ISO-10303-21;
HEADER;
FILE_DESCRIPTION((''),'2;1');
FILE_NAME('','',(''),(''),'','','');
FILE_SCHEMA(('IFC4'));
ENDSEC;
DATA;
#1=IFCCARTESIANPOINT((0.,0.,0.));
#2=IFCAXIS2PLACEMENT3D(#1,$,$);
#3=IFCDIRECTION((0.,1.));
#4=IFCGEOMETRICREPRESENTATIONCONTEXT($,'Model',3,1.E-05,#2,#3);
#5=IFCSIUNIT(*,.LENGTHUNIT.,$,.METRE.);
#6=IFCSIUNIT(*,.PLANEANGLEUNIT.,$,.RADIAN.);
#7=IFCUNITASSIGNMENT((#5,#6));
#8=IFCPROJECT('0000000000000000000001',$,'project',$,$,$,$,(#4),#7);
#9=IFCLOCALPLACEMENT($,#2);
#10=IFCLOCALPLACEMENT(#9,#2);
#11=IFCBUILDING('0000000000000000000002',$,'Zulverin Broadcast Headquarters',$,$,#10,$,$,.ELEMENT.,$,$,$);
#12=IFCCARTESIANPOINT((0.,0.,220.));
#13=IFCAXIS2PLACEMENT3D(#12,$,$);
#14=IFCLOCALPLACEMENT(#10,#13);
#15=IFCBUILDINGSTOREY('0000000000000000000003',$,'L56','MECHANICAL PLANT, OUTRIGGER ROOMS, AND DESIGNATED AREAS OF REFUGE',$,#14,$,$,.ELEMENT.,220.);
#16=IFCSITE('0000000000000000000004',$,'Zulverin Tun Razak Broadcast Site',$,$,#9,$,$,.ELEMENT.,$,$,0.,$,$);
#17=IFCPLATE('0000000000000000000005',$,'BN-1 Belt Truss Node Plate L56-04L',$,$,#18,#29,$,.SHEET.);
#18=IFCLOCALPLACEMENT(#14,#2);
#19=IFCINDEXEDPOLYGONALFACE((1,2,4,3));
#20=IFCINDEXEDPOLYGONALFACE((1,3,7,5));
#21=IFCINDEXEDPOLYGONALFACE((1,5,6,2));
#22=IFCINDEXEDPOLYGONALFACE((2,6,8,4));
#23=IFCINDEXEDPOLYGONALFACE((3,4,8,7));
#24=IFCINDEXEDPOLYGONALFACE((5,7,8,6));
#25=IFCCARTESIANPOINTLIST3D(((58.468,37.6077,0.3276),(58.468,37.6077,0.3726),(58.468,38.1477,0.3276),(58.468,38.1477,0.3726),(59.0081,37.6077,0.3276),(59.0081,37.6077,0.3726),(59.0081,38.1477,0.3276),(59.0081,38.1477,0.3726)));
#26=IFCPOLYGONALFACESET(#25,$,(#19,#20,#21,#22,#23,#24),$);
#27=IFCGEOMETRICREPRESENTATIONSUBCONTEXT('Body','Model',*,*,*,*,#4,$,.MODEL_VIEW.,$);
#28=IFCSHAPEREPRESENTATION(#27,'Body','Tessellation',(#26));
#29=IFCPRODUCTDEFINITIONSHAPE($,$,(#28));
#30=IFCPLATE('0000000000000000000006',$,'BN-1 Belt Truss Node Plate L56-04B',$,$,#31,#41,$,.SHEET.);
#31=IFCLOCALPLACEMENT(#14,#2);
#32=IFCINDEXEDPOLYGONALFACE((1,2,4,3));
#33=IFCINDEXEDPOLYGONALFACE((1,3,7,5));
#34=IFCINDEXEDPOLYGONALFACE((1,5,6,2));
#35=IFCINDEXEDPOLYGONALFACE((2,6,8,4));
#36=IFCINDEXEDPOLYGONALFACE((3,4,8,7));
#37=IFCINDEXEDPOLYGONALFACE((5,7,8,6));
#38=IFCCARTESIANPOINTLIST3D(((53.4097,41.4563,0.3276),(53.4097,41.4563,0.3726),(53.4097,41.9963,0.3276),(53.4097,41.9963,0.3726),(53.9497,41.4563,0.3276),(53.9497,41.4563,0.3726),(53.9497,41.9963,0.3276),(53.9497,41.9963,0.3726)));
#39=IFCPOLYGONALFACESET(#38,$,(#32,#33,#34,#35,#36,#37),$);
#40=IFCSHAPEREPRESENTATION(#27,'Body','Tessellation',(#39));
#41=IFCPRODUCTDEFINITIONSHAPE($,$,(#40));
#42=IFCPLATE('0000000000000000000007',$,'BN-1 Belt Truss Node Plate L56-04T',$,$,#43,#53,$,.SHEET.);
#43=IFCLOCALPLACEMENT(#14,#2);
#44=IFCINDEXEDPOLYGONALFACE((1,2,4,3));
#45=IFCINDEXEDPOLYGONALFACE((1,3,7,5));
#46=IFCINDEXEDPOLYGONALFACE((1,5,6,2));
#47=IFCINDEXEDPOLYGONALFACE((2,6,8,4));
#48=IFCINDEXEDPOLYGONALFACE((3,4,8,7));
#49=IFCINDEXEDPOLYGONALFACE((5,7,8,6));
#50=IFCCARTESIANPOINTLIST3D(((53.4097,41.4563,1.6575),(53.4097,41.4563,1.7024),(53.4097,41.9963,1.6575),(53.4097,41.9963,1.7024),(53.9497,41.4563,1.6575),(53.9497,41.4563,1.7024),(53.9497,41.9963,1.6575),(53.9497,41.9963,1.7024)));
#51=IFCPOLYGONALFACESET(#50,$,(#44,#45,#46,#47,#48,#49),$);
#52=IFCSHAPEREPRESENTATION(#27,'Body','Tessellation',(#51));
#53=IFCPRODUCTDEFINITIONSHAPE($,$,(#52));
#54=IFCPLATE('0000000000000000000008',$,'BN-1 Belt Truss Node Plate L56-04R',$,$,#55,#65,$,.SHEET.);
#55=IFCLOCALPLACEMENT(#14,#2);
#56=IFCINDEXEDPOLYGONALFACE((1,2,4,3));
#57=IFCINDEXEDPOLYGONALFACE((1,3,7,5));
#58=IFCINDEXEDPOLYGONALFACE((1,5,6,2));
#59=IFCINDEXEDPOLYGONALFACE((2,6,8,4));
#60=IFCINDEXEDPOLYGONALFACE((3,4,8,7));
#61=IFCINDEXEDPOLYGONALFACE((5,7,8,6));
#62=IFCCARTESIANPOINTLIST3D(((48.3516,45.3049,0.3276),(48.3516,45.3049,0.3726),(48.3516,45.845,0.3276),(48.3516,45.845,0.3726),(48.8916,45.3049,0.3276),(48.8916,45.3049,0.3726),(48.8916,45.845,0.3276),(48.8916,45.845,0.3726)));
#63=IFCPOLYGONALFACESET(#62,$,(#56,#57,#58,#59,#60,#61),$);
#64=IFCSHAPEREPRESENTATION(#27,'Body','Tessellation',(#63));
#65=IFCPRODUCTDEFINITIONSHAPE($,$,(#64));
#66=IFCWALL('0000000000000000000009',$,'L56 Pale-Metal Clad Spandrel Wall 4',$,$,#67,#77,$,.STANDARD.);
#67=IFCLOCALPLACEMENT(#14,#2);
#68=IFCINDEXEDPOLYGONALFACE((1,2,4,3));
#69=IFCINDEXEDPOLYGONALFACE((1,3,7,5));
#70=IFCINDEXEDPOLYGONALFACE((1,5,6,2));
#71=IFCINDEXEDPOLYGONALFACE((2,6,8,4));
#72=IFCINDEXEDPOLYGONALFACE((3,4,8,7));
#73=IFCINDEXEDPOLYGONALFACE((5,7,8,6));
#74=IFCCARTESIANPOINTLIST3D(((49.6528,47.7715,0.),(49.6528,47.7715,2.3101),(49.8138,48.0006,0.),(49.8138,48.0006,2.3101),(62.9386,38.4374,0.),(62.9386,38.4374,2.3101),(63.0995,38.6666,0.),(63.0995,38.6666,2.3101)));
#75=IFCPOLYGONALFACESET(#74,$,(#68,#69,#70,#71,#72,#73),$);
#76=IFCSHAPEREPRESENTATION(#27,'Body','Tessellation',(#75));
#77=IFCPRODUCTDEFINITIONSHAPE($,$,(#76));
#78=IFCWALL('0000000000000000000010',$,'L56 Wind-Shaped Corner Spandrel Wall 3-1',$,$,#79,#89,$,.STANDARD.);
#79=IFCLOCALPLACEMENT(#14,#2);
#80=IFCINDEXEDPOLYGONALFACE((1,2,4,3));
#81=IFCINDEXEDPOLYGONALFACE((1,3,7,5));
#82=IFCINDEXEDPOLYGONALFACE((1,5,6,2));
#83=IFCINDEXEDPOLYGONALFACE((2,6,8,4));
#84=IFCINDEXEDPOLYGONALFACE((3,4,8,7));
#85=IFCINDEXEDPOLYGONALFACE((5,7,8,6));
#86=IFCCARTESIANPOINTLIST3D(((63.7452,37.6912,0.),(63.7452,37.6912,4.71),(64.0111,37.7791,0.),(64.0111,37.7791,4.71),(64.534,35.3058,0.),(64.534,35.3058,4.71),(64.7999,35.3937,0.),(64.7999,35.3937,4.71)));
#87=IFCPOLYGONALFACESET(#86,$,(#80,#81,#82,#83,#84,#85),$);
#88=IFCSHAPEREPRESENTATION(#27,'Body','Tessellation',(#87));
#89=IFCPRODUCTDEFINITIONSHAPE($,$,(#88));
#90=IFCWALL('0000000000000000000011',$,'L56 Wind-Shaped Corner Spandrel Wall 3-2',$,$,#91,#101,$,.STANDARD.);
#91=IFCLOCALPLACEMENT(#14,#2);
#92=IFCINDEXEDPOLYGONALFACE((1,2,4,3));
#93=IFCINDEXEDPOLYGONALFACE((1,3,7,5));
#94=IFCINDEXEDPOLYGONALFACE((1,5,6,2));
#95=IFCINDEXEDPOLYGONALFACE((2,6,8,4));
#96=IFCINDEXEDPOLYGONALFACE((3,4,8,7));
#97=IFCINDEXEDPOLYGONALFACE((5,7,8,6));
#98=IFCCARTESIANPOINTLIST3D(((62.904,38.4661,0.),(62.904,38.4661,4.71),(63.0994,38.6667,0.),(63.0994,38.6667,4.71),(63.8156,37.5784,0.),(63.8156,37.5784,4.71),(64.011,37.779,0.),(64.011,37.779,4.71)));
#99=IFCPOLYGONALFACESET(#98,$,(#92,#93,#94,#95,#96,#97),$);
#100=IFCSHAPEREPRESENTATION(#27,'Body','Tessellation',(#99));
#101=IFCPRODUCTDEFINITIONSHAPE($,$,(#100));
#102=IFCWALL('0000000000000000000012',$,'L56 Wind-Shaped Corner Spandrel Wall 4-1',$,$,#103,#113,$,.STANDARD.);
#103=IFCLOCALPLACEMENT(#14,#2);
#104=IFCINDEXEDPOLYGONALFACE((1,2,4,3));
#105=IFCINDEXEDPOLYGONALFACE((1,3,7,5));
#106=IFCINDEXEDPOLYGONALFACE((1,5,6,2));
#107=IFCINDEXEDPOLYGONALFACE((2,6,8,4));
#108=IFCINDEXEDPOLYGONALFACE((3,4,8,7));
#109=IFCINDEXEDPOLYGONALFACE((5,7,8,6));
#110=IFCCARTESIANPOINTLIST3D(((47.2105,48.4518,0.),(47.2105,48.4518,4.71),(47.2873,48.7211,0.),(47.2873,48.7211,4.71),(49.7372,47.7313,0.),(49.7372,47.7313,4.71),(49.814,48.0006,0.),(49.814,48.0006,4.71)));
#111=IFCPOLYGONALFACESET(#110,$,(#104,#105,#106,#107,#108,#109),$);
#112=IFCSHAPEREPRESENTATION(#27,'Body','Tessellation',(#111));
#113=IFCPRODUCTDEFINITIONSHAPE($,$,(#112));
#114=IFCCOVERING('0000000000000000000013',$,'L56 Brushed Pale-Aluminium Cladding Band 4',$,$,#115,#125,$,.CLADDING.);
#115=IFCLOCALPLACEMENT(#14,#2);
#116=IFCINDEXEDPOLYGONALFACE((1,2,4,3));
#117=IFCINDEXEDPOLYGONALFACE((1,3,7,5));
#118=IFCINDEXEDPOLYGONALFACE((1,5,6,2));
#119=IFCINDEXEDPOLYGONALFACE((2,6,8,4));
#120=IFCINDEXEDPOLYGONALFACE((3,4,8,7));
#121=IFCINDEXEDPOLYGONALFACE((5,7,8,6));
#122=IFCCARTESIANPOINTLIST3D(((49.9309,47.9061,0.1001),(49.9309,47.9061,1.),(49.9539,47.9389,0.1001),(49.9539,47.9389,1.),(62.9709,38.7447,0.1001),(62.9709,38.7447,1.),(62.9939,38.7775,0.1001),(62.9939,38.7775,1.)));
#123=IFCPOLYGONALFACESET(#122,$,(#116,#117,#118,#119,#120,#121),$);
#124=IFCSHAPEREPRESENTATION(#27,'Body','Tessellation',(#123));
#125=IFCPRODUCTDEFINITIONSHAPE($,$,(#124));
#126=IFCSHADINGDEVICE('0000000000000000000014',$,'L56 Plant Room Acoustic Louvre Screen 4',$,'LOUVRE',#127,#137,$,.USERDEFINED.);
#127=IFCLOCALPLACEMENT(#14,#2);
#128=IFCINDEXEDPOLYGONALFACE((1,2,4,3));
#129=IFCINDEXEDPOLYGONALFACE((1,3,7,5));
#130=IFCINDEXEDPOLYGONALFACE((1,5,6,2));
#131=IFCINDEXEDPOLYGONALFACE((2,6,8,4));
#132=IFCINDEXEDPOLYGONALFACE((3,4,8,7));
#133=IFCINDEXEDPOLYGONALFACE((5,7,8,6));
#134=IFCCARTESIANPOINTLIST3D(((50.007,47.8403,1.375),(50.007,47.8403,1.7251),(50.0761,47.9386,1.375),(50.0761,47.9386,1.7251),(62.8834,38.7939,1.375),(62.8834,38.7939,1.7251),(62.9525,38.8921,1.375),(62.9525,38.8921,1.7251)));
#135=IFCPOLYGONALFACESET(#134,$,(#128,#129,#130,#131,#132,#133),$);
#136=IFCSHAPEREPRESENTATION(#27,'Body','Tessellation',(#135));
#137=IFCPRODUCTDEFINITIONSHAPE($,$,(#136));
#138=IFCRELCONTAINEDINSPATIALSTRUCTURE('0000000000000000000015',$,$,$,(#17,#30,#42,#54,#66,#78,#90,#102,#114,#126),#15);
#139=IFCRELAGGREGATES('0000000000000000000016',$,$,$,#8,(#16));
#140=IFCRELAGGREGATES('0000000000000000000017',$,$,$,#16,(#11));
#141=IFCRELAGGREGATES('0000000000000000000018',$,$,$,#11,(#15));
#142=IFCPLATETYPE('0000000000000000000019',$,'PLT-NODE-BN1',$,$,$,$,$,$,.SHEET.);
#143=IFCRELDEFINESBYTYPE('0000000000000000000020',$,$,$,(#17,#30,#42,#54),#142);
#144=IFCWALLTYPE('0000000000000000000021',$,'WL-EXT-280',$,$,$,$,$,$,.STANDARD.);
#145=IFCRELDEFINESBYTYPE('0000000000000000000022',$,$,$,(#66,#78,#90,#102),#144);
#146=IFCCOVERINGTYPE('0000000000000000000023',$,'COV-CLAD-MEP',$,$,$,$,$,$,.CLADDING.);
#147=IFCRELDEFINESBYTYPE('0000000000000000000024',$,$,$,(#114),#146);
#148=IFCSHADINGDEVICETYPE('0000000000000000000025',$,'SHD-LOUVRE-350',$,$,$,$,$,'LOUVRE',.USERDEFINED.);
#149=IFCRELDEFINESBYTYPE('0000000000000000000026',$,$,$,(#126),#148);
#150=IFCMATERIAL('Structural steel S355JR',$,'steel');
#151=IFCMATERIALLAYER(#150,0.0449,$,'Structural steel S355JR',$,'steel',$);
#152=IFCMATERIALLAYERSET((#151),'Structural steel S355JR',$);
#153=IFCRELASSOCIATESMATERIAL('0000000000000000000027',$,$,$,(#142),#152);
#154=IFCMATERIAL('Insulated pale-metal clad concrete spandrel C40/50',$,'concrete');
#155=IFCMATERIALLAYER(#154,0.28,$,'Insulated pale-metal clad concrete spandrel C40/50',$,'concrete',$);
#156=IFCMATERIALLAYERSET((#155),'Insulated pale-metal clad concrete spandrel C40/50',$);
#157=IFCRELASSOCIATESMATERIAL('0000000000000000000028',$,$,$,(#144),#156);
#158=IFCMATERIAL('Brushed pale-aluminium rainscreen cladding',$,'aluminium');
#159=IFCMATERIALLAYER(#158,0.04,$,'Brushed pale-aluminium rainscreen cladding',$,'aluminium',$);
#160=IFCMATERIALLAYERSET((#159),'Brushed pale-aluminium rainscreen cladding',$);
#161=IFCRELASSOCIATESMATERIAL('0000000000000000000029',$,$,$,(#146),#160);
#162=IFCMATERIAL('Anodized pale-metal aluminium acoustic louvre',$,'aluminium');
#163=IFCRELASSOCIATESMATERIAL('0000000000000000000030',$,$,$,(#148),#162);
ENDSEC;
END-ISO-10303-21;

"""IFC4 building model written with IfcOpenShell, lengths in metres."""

from ifc_helpers import new_model, si_unit, direction, frame, frame_2d, origin, origin_2d, place, context, subcontext, project, spatial, rectangle, extrude, material, layer, layer_set, type_object, element, save


model = new_model("IFC4")

# Units and contexts
model_context = context("Model", 3, precision=1e-05, world=origin(), true_north=direction((0.0, 1.0)))
body_context = subcontext(model_context, "Body", "Model", "MODEL_VIEW")
ifc_project = project(units=[si_unit("LENGTHUNIT", "METRE"), si_unit("PLANEANGLEUNIT", "RADIAN")], contexts=[model_context])

# Site, building, storey
site_placement = place(None, origin())
site = spatial("IfcSite", under=ifc_project, at=site_placement, Name="Zulverin Tun Razak Broadcast Site", CompositionType="ELEMENT", RefElevation=0.0)
building_placement = place(site_placement, origin())
building = spatial("IfcBuilding", under=site, at=building_placement, Name="Zulverin Broadcast Headquarters", CompositionType="ELEMENT")
storey_placement = place(building_placement, frame((0.0, 0.0, 220.0)))
storey = spatial("IfcBuildingStorey", under=building, at=storey_placement, Name="L56", Description="MECHANICAL PLANT, OUTRIGGER ROOMS, AND DESIGNATED AREAS OF REFUGE", CompositionType="ELEMENT", Elevation=220.0)

# Shared definitions
ifc_material_1 = material(Name="Structural steel S355JR", Category="steel")

# Plates
ifc_layer_1 = layer(ifc_material_1, 0.0449, Name="Structural steel S355JR", Category="steel")
ifc_layer_set_1 = layer_set([ifc_layer_1], Name="Structural steel S355JR")
plate_type = type_object("IfcPlateType", Name="PLT-NODE-BN1", PredefinedType="SHEET", material=ifc_layer_set_1)
for number, where, z_axis, x_axis, name in (
    (1, (58.738, 37.8777, 0.3276), (0.0, 0.0, 1.0), (1.0, 0.0, 0.0), "BN-1 Belt Truss Node Plate L56-04L"),
    (2, (53.6797, 41.7263, 0.3276), (0.0, 0.0, 1.0), (1.0, 0.0, 0.0), "BN-1 Belt Truss Node Plate L56-04B"),
    (3, (53.6797, 41.7263, 1.6575), (0.0, 0.0, 1.0), (1.0, 0.0, 0.0), "BN-1 Belt Truss Node Plate L56-04T"),
    (4, (48.6216, 45.575, 0.3276), (0.0, 0.0, 1.0), (1.0, 0.0, 0.0), "BN-1 Belt Truss Node Plate L56-04R"),
):
    element("IfcPlate", number, at=place(storey_placement, frame(where, z_axis=z_axis, x_axis=x_axis)), inside=storey, type_object=plate_type, Name=name, PredefinedType="SHEET", context=body_context, shape_type="SweptSolid", body=[
        extrude(rectangle(XDim=0.54, YDim=0.54, at=origin_2d()), origin(), (0.0, 0.0, 1.0), 0.0449),
    ])

# Walls
ifc_material_2 = material(Name="Insulated pale-metal clad concrete spandrel C40/50", Category="concrete")
ifc_layer_2 = layer(ifc_material_2, 0.28, Name="Insulated pale-metal clad concrete spandrel C40/50", Category="concrete")
ifc_layer_set_2 = layer_set([ifc_layer_2], Name="Insulated pale-metal clad concrete spandrel C40/50")
wall_type = type_object("IfcWallType", Name="WL-EXT-280", PredefinedType="STANDARD", material=ifc_layer_set_2)
wall_1_placement = place(storey_placement, frame((63.019, 38.552, 0.0), z_axis=(0.0, 0.0, 1.0), x_axis=(-0.818246, 0.574868, 0.0)))
element("IfcWall", 5, at=wall_1_placement, inside=storey, type_object=wall_type, Name="L56 Pale-Metal Clad Spandrel Wall 4", PredefinedType="STANDARD", context=body_context, shape_type="SweptSolid", body=[
    extrude(rectangle(XDim=16.2368, YDim=0.28, at=frame_2d((8.1184, 0.0))), origin(), (0.0, 0.0, 1.0), 2.3101),
])
wall_2_placement = place(storey_placement, frame((64.667, 35.3496, 0.0), z_axis=(0.0, 0.0, 1.0), x_axis=(-0.313953, 0.949438, 0.0)))
element("IfcWall", 6, at=wall_2_placement, inside=storey, type_object=wall_type, Name="L56 Wind-Shaped Corner Spandrel Wall 3-1", PredefinedType="STANDARD", context=body_context, shape_type="SweptSolid", body=[
    extrude(rectangle(XDim=2.5125, YDim=0.28, at=frame_2d((1.2563, 0.0))), origin(), (0.0, 0.0, 1.0), 4.71),
])
wall_3_placement = place(storey_placement, frame((63.9133, 37.6787, 0.0), z_axis=(0.0, 0.0, 1.0), x_axis=(-0.716446, 0.697643, 0.0)))
element("IfcWall", 7, at=wall_3_placement, inside=storey, type_object=wall_type, Name="L56 Wind-Shaped Corner Spandrel Wall 3-2", PredefinedType="STANDARD", context=body_context, shape_type="SweptSolid", body=[
    extrude(rectangle(XDim=1.2725, YDim=0.28, at=frame_2d((0.6362, 0.0))), origin(), (0.0, 0.0, 1.0), 4.71),
])
wall_4_placement = place(storey_placement, frame((49.7756, 47.866, 0.0), z_axis=(0.0, 0.0, 1.0), x_axis=(-0.961668, 0.274218, 0.0)))
element("IfcWall", 8, at=wall_4_placement, inside=storey, type_object=wall_type, Name="L56 Wind-Shaped Corner Spandrel Wall 4-1", PredefinedType="STANDARD", context=body_context, shape_type="SweptSolid", body=[
    extrude(rectangle(XDim=2.6274, YDim=0.28, at=frame_2d((1.3137, 0.0))), origin(), (0.0, 0.0, 1.0), 4.71),
])

# Covering
ifc_material_3 = material(Name="Brushed pale-aluminium rainscreen cladding", Category="aluminium")
ifc_layer_3 = layer(ifc_material_3, 0.04, Name="Brushed pale-aluminium rainscreen cladding", Category="aluminium")
ifc_layer_set_3 = layer_set([ifc_layer_3], Name="Brushed pale-aluminium rainscreen cladding")
covering_type = type_object("IfcCoveringType", Name="COV-CLAD-MEP", PredefinedType="CLADDING", material=ifc_layer_set_3)
covering_placement = place(storey_placement, frame((56.4624, 43.3418, 0.1001), z_axis=(0.0, 0.0, 1.0), x_axis=(-0.818248, 0.574865, 0.0)))
element("IfcCovering", 9, at=covering_placement, inside=storey, type_object=covering_type, Name="L56 Brushed Pale-Aluminium Cladding Band 4", PredefinedType="CLADDING", context=body_context, shape_type="SweptSolid", body=[
    extrude(rectangle(XDim=15.9365, YDim=0.04, at=origin_2d()), origin(), (0.0, 0.0, 1.0), 0.8999),
])

# Shading device
ifc_material_4 = material(Name="Anodized pale-metal aluminium acoustic louvre", Category="aluminium")
shading_device_type = type_object("IfcShadingDeviceType", Name="SHD-LOUVRE-350", ElementType="LOUVRE", PredefinedType="USERDEFINED", material=ifc_material_4)
shading_device_placement = place(storey_placement, frame((56.4797, 43.3662, 1.375), z_axis=(0.0, 0.0, 1.0), x_axis=(-0.818248, 0.574865, 0.0)))
element("IfcShadingDevice", 10, at=shading_device_placement, inside=storey, type_object=shading_device_type, Name="L56 Plant Room Acoustic Louvre Screen 4", ObjectType="LOUVRE", PredefinedType="USERDEFINED", context=body_context, shape_type="SweptSolid", body=[
    extrude(rectangle(XDim=15.7366, YDim=0.1201, at=origin_2d()), origin(), (0.0, 0.0, 1.0), 0.3501),
])

save(model, "model.ifc")
